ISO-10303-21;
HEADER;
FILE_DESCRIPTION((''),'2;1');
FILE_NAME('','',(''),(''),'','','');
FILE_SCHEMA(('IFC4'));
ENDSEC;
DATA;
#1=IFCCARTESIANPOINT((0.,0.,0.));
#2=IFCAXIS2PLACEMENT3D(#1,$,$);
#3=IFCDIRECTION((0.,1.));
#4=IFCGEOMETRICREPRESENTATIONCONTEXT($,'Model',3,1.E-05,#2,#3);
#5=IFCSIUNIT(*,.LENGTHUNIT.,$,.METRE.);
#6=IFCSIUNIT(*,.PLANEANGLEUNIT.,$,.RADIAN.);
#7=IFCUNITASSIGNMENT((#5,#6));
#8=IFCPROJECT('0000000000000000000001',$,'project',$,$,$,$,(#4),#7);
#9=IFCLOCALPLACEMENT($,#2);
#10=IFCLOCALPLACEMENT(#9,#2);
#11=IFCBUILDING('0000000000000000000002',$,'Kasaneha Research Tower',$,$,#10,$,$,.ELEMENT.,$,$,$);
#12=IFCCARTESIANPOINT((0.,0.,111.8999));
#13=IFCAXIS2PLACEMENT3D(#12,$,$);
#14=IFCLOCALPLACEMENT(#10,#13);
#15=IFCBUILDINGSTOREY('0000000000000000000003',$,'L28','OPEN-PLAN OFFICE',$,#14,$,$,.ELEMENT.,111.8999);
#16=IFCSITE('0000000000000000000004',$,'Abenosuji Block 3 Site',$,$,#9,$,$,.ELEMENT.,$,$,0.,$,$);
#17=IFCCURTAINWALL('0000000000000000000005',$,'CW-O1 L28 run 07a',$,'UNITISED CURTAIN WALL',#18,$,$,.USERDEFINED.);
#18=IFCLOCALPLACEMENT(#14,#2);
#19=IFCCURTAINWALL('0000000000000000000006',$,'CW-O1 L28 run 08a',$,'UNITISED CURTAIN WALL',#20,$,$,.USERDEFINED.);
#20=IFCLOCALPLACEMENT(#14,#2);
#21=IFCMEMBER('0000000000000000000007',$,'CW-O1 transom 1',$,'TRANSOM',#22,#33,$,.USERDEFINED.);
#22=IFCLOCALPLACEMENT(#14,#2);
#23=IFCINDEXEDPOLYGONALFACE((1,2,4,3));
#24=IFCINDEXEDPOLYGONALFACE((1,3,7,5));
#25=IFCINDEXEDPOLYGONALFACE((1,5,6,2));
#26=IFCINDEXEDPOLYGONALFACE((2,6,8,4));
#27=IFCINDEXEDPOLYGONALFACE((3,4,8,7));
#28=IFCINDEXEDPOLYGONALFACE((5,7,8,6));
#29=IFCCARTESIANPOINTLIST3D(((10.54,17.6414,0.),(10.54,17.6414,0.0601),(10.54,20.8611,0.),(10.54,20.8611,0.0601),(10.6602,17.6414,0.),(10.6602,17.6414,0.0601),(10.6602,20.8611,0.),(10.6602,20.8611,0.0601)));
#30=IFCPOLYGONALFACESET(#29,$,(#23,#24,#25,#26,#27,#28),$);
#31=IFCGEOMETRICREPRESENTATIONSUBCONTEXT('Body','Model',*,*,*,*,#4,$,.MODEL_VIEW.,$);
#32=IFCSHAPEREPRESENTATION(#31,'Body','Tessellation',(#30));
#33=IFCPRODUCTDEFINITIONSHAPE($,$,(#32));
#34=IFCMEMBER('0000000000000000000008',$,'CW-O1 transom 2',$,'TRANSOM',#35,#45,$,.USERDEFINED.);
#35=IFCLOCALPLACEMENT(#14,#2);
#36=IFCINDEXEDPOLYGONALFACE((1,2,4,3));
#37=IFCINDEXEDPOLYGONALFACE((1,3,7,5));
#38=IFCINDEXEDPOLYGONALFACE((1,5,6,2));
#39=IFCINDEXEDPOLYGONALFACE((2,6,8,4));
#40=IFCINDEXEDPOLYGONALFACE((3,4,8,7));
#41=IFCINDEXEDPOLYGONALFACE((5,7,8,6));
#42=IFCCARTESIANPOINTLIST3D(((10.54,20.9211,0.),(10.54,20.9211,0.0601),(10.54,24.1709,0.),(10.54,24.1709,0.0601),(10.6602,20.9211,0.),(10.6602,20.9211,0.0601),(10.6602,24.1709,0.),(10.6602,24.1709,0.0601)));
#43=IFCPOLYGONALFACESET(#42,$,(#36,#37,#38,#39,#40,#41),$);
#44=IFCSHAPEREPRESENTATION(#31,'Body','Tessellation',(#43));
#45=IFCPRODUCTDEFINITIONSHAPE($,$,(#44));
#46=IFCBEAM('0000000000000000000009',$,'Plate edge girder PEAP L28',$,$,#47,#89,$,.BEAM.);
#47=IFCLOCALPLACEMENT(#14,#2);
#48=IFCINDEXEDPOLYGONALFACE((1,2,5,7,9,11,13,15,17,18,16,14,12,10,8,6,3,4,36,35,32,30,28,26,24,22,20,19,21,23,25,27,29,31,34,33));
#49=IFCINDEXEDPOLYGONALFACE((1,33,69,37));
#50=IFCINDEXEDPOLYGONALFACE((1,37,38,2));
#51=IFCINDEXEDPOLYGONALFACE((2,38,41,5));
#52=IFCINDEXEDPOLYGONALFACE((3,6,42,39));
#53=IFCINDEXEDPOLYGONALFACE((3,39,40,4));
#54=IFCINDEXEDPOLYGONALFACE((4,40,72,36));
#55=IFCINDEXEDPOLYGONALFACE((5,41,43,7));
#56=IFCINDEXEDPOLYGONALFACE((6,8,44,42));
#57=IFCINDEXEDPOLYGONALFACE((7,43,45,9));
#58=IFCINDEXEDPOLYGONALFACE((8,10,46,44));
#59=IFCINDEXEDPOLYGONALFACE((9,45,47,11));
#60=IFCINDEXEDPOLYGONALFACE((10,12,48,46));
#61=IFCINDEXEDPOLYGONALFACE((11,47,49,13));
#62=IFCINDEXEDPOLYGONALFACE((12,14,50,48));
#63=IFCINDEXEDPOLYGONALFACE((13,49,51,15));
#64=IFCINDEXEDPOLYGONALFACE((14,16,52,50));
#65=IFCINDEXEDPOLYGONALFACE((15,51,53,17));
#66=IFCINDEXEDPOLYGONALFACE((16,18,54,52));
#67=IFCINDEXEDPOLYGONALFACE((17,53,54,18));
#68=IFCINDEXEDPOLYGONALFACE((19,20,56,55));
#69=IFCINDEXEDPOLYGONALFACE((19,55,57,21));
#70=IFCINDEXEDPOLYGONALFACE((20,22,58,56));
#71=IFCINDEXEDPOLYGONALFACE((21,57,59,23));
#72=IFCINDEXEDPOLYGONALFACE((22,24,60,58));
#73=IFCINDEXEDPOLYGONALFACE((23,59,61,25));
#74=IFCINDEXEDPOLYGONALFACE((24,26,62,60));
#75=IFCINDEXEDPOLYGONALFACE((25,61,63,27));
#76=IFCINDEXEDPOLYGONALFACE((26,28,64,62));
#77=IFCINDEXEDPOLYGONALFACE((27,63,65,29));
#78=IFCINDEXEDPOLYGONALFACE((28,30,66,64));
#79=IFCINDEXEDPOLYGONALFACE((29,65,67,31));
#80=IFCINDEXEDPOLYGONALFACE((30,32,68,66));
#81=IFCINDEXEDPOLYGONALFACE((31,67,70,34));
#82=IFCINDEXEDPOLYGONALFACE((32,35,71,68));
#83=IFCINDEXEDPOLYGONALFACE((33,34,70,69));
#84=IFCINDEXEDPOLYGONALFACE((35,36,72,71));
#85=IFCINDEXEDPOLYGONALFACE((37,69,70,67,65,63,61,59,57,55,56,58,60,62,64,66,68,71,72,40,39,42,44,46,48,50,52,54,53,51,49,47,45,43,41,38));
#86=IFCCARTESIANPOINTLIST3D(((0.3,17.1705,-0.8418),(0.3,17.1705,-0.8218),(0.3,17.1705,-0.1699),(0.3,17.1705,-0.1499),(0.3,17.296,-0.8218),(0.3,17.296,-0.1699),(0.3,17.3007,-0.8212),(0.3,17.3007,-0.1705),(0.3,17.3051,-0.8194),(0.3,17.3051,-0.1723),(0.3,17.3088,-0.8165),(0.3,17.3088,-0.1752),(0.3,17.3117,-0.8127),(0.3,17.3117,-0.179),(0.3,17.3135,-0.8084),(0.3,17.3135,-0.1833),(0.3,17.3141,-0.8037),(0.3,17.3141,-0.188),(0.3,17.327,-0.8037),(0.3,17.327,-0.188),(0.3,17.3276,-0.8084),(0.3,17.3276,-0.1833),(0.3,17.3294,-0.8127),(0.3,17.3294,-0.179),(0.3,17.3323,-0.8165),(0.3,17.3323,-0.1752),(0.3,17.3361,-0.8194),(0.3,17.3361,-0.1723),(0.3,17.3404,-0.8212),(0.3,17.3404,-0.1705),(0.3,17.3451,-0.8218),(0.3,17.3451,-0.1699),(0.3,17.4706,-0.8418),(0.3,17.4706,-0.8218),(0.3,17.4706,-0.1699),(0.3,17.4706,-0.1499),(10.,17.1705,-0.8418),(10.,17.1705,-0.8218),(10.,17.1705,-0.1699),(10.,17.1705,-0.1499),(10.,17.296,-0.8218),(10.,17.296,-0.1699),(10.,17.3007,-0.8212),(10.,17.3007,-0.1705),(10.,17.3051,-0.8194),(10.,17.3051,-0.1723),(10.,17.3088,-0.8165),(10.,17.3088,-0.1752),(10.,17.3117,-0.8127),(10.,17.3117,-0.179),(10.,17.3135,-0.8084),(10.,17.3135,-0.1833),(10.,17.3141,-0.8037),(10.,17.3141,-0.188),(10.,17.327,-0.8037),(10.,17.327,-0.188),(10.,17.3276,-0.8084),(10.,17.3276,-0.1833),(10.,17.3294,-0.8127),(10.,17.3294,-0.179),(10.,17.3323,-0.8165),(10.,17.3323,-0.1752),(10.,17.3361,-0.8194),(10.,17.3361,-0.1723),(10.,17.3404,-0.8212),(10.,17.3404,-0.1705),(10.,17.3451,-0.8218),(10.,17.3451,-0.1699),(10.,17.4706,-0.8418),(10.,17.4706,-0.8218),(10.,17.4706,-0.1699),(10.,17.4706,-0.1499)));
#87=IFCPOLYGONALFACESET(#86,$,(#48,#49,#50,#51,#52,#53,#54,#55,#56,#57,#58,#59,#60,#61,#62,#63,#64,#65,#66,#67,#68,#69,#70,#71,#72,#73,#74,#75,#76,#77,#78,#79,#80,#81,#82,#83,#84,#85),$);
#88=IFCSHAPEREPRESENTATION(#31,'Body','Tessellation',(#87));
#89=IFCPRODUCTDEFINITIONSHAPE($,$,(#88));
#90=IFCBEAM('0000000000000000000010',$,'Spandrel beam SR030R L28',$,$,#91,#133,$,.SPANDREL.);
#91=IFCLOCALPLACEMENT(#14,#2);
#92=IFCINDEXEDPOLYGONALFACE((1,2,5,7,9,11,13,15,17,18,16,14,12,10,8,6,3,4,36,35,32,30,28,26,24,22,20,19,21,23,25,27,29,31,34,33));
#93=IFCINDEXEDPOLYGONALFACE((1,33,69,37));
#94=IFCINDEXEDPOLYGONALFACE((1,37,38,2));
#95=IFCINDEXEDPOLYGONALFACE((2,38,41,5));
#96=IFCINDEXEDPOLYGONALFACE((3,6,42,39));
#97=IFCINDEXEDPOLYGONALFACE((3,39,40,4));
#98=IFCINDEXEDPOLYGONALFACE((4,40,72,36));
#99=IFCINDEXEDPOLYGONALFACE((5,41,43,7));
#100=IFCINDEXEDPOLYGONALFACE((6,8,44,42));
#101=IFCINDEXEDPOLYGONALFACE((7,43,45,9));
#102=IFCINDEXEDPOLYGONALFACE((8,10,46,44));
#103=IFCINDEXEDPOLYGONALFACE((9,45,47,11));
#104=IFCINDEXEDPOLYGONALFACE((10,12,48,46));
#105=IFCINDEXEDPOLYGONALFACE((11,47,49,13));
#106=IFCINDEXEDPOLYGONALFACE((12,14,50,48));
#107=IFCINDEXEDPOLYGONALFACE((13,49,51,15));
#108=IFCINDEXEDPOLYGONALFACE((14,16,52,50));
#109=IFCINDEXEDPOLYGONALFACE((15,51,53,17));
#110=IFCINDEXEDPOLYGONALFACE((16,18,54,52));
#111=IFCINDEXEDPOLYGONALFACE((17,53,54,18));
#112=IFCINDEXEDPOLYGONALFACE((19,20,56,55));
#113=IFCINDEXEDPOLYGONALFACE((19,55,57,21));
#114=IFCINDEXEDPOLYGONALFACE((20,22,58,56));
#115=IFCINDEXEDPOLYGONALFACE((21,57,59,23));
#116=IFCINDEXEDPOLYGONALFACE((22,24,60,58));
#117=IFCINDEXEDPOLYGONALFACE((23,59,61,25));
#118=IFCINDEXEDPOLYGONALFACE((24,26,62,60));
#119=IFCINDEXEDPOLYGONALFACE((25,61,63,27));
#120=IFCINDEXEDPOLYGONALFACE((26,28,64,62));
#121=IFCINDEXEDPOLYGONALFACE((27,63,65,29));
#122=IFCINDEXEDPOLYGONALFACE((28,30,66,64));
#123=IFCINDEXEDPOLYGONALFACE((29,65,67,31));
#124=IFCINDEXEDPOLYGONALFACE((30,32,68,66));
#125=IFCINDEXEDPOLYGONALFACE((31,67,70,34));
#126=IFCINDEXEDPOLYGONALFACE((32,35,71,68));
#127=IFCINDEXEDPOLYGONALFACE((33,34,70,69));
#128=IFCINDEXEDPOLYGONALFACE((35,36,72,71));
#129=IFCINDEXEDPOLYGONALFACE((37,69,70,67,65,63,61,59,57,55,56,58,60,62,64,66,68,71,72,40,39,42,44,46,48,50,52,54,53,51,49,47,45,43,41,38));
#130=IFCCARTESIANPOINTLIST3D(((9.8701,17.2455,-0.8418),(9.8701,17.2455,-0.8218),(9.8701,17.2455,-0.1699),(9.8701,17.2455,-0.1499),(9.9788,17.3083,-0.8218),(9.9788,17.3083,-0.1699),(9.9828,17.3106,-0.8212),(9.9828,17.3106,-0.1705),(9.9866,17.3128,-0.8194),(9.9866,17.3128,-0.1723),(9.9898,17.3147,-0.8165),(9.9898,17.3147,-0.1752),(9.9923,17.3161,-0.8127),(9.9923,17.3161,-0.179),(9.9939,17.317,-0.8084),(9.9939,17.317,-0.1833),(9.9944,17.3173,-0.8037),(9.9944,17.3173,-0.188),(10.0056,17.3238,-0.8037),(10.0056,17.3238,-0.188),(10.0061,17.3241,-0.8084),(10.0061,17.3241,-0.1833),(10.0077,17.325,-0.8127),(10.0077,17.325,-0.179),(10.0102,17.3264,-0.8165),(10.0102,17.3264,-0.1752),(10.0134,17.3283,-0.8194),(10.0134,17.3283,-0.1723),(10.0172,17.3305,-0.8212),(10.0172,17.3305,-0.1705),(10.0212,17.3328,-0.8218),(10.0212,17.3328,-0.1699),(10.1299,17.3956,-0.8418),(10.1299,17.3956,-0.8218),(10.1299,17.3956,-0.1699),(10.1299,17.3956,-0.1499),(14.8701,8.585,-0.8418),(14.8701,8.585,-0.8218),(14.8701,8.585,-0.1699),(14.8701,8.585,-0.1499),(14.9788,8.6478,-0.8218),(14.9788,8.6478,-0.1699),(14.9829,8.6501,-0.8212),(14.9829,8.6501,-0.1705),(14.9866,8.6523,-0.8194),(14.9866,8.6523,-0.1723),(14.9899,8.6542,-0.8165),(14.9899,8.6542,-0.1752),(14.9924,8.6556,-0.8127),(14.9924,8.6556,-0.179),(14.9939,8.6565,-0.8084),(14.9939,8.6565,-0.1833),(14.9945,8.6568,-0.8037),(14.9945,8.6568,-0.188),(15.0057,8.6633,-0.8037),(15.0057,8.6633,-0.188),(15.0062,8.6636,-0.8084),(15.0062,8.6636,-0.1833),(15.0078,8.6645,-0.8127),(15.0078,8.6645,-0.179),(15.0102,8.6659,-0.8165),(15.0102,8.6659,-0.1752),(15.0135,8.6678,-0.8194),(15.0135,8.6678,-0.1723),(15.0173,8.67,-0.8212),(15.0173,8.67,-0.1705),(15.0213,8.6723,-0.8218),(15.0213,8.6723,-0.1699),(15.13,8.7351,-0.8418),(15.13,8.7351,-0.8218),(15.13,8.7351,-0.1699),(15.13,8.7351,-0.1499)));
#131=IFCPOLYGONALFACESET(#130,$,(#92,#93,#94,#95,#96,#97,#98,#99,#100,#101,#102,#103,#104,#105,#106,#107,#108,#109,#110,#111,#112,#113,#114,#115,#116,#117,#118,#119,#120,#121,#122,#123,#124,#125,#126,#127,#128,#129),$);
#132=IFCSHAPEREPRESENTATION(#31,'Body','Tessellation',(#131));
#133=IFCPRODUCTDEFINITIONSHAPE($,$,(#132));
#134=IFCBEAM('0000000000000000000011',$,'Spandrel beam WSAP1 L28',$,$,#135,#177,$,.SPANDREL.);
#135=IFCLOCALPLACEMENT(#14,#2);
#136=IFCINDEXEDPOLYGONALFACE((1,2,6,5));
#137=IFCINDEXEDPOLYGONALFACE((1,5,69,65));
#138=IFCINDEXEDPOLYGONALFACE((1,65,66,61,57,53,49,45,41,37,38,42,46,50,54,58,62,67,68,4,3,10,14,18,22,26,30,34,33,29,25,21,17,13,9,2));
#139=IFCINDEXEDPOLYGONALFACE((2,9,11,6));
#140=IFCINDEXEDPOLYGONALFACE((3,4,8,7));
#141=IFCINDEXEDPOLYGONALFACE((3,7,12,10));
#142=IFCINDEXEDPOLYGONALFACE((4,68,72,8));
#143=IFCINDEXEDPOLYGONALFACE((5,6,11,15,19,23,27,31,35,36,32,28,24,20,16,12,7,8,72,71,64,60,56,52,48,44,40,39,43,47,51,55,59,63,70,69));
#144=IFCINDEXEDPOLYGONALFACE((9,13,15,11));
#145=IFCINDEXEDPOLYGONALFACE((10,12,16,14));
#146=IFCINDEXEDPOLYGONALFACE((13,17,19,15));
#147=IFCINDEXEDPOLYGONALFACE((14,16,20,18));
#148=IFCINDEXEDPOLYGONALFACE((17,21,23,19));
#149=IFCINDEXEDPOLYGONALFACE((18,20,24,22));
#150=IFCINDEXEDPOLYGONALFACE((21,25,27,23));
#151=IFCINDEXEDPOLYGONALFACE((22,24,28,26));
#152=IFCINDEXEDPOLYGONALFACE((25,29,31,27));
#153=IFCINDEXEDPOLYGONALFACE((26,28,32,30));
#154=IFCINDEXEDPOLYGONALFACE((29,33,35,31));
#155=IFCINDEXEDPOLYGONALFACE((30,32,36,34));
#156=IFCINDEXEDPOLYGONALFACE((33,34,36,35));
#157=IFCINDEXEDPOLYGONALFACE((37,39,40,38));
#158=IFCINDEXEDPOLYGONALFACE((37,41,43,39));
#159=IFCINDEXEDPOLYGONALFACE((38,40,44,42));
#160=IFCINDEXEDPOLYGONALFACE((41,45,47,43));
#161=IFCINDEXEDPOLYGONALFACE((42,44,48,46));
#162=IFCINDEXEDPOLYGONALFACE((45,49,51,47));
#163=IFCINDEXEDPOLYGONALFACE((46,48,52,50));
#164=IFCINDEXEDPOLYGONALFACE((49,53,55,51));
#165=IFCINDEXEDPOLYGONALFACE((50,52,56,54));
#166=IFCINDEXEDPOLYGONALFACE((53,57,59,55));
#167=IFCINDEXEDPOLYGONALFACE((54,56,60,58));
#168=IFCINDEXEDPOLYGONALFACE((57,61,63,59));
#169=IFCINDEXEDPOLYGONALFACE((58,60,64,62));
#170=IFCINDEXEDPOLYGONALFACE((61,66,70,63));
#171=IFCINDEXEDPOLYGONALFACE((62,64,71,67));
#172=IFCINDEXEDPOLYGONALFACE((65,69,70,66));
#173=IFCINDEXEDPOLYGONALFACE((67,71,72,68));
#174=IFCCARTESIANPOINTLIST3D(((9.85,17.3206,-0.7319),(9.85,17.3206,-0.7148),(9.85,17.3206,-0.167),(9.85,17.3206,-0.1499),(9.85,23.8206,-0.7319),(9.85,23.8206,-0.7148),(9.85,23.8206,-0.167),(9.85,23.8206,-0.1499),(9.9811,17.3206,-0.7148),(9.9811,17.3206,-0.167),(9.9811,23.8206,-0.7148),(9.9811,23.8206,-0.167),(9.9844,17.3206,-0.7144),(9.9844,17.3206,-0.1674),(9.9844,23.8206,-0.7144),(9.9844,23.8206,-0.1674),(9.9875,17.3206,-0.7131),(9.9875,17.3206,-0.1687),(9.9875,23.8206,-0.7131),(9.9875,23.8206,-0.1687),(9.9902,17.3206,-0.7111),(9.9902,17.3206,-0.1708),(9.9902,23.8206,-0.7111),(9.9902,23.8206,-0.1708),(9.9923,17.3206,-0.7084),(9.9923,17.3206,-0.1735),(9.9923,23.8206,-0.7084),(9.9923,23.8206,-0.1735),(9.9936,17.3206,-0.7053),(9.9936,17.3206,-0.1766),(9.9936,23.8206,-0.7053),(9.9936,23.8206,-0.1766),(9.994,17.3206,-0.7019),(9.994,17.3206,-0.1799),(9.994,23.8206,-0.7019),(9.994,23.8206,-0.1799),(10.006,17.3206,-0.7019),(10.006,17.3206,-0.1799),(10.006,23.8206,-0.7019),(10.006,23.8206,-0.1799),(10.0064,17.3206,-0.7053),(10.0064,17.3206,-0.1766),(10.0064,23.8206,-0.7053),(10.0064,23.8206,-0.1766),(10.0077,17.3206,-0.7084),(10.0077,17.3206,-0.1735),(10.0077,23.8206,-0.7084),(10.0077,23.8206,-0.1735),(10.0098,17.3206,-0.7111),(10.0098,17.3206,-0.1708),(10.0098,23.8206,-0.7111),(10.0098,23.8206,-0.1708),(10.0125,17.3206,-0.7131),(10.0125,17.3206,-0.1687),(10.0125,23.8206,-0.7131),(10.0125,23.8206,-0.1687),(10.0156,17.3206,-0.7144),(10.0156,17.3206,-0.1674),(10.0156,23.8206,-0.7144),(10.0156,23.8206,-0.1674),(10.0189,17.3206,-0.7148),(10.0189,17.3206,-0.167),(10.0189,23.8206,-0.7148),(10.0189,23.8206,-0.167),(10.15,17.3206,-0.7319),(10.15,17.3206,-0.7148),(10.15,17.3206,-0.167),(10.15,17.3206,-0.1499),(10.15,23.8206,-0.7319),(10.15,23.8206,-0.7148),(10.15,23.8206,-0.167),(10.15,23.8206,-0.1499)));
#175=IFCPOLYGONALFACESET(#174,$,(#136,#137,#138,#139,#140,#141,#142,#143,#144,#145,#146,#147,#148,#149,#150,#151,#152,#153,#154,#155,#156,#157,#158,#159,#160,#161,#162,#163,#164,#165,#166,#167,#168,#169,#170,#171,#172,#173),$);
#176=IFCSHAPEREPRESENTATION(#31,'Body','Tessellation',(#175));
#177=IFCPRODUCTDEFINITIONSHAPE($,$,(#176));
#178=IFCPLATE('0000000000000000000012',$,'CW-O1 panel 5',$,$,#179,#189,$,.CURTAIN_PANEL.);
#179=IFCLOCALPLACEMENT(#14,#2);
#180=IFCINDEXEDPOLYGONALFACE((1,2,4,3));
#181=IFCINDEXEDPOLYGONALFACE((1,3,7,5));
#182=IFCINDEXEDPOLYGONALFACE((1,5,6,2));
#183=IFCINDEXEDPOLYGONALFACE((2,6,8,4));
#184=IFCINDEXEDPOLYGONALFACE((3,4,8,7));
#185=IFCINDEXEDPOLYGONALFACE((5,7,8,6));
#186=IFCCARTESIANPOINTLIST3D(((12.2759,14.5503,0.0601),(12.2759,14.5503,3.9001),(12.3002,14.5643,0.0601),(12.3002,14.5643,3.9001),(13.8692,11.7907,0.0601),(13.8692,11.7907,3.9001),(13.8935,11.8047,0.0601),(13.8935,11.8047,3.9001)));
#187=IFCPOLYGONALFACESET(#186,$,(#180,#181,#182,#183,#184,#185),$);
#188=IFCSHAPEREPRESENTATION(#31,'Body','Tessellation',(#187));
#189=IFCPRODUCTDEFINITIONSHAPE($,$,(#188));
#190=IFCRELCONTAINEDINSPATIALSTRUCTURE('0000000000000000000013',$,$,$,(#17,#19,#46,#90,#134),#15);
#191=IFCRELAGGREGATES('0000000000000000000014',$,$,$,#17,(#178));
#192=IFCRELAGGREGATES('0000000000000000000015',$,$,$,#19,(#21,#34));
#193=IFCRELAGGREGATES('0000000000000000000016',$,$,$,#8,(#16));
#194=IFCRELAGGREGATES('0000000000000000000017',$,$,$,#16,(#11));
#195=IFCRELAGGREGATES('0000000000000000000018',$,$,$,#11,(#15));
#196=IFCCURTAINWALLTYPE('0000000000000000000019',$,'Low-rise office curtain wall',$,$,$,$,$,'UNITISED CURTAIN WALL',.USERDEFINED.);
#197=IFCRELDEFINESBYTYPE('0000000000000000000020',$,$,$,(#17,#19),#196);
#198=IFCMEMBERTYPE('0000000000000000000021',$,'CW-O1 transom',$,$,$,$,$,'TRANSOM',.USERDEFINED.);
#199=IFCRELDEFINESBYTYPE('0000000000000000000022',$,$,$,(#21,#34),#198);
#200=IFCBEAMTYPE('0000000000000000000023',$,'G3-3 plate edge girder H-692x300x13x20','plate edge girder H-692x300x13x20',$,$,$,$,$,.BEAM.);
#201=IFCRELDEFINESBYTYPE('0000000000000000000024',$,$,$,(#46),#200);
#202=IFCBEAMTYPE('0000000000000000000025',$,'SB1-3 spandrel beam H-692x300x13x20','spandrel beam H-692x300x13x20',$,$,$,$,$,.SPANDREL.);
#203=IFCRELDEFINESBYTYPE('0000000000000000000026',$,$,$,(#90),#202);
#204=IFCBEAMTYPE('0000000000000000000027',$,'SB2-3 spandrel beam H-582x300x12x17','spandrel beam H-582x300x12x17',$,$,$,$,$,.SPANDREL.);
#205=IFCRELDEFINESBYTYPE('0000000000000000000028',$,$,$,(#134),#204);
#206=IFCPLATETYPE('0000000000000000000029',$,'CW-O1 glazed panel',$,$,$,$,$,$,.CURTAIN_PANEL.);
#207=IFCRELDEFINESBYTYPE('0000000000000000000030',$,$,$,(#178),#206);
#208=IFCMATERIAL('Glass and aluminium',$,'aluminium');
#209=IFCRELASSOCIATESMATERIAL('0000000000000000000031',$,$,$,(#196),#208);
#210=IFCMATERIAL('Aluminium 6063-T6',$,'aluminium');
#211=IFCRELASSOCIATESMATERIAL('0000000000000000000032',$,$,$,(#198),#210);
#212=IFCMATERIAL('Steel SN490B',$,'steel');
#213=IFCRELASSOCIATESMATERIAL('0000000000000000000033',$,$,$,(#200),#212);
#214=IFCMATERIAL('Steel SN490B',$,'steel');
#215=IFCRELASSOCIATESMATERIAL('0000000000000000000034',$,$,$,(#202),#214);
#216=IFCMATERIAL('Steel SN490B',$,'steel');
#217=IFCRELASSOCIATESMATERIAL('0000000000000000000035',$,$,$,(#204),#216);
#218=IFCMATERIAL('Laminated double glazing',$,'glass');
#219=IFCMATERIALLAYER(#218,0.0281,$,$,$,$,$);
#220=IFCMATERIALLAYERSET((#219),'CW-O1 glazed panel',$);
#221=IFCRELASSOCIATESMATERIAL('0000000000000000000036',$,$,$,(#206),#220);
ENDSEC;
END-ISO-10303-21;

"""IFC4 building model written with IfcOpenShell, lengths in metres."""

from ifc_helpers import new_model, si_unit, direction, frame, origin, origin_2d, place, context, subcontext, project, spatial, rectangle, i_section, extrude, material, layer, layer_set, material_profile, profile_set, type_object, element, aggregate, save


model = new_model("IFC4")

# Units and contexts
model_context = context("Model", 3, precision=1e-05, world=origin(), true_north=direction((0.0, 1.0)))
body_context = subcontext(model_context, "Body", "Model", "MODEL_VIEW")
ifc_project = project(units=[si_unit("LENGTHUNIT", "METRE"), si_unit("PLANEANGLEUNIT", "RADIAN")], contexts=[model_context])

# Site, building, storey
site_placement = place(None, origin())
site = spatial("IfcSite", under=ifc_project, at=site_placement, Name="Abenosuji Block 3 Site", CompositionType="ELEMENT", RefElevation=0.0)
building_placement = place(site_placement, origin())
building = spatial("IfcBuilding", under=site, at=building_placement, Name="Kasaneha Research Tower", CompositionType="ELEMENT")
storey_placement = place(building_placement, frame((0.0, 0.0, 111.8999)))
storey = spatial("IfcBuildingStorey", under=building, at=storey_placement, Name="L28", Description="OPEN-PLAN OFFICE", CompositionType="ELEMENT", Elevation=111.8999)

# Curtain walls
ifc_material_1 = material(Name="Glass and aluminium", Category="aluminium")
curtain_wall_type = type_object("IfcCurtainWallType", Name="Low-rise office curtain wall", ElementType="UNITISED CURTAIN WALL", PredefinedType="USERDEFINED", material=ifc_material_1)
curtain_wall_1_placement = place(storey_placement, origin())
curtain_wall_1 = element("IfcCurtainWall", 1, at=curtain_wall_1_placement, inside=storey, type_object=curtain_wall_type, Name="CW-O1 L28 run 07a", ObjectType="UNITISED CURTAIN WALL", PredefinedType="USERDEFINED")
curtain_wall_2_placement = place(storey_placement, origin())
curtain_wall_2 = element("IfcCurtainWall", 2, at=curtain_wall_2_placement, inside=storey, type_object=curtain_wall_type, Name="CW-O1 L28 run 08a", ObjectType="UNITISED CURTAIN WALL", PredefinedType="USERDEFINED")

# Members
ifc_material_2 = material(Name="Aluminium 6063-T6", Category="aluminium")
ifc_material_profile_1 = material_profile(ifc_material_2, rectangle(XDim=0.1201, YDim=0.0601, at=origin_2d()), Name="CW-O1 transom 120x60")
ifc_profile_set_1 = profile_set([ifc_material_profile_1], Name="Aluminium 6063-T6")
member_type_1 = type_object("IfcMemberType", Name="CW-O1 transom", ElementType="TRANSOM", PredefinedType="USERDEFINED", material=ifc_profile_set_1)
member_1_placement = place(storey_placement, frame((10.6001, 17.6414, 0.03), z_axis=(0.0, 1.0, 0.0), x_axis=(-1.0, 0.0, 0.0)))
member_1 = element("IfcMember", 3, at=member_1_placement, type_object=member_type_1, Name="CW-O1 transom 1", ObjectType="TRANSOM", PredefinedType="USERDEFINED", context=body_context, shape_type="SweptSolid", body=[
    extrude(rectangle(XDim=0.1201, YDim=0.0601, at=origin_2d()), origin(), (0.0, 0.0, 1.0), 3.2197),
])
member_2_placement = place(storey_placement, frame((10.6001, 20.9211, 0.03), z_axis=(0.0, 1.0, 0.0), x_axis=(-1.0, 0.0, 0.0)))
member_2 = element("IfcMember", 4, at=member_2_placement, type_object=member_type_1, Name="CW-O1 transom 2", ObjectType="TRANSOM", PredefinedType="USERDEFINED", context=body_context, shape_type="SweptSolid", body=[
    extrude(rectangle(XDim=0.1201, YDim=0.0601, at=origin_2d()), origin(), (0.0, 0.0, 1.0), 3.2498),
])

# Beams
ifc_material_3 = material(Name="Steel SN490B", Category="steel")
ifc_material_profile_2 = material_profile(ifc_material_3, i_section(OverallWidth=0.3, OverallDepth=0.6919, WebThickness=0.0129, FlangeThickness=0.02, FilletRadius=0.0181, at=origin_2d()), Name="H-692x300x13x20")
ifc_profile_set_2 = profile_set([ifc_material_profile_2], Name="Steel SN490B")
beam_type_1 = type_object("IfcBeamType", Name="G3-3 plate edge girder H-692x300x13x20", Description="plate edge girder H-692x300x13x20", PredefinedType="BEAM", material=ifc_profile_set_2)
beam_1_placement = place(storey_placement, frame((10.0, 17.3206, -0.4958), z_axis=(-1.0, 0.0, 0.0), x_axis=(0.0, -1.0, 0.0)))
element("IfcBeam", 5, at=beam_1_placement, inside=storey, type_object=beam_type_1, Name="Plate edge girder PEAP L28", PredefinedType="BEAM", context=body_context, shape_type="SweptSolid", body=[
    extrude(i_section(OverallWidth=0.3, OverallDepth=0.6919, WebThickness=0.0129, FlangeThickness=0.02, FilletRadius=0.0181, at=origin_2d()), origin(), (0.0, 0.0, 1.0), 9.7),
])
ifc_material_4 = material(Name="Steel SN490B", Category="steel")
ifc_material_profile_3 = material_profile(ifc_material_4, i_section(OverallWidth=0.3, OverallDepth=0.6919, WebThickness=0.0129, FlangeThickness=0.02, FilletRadius=0.0181, at=origin_2d()), Name="H-692x300x13x20")
ifc_profile_set_3 = profile_set([ifc_material_profile_3], Name="Steel SN490B")
beam_type_2 = type_object("IfcBeamType", Name="SB1-3 spandrel beam H-692x300x13x20", Description="spandrel beam H-692x300x13x20", PredefinedType="SPANDREL", material=ifc_profile_set_3)
beam_2_placement = place(storey_placement, frame((10.0, 17.3206, -0.4958), z_axis=(0.499994, -0.866029, 0.0), x_axis=(0.866029, 0.499994, 0.0)))
element("IfcBeam", 6, at=beam_2_placement, inside=storey, type_object=beam_type_2, Name="Spandrel beam SR030R L28", PredefinedType="SPANDREL", context=body_context, shape_type="SweptSolid", body=[
    extrude(i_section(OverallWidth=0.3, OverallDepth=0.6919, WebThickness=0.0129, FlangeThickness=0.02, FilletRadius=0.0181, at=origin_2d()), origin(), (0.0, 0.0, 1.0), 10.0002),
])
ifc_material_5 = material(Name="Steel SN490B", Category="steel")
ifc_material_profile_4 = material_profile(ifc_material_5, i_section(OverallWidth=0.3, OverallDepth=0.582, WebThickness=0.012, FlangeThickness=0.0171, FilletRadius=0.0129, at=origin_2d()), Name="H-582x300x12x17")
ifc_profile_set_4 = profile_set([ifc_material_profile_4], Name="Steel SN490B")
beam_type_3 = type_object("IfcBeamType", Name="SB2-3 spandrel beam H-582x300x12x17", Description="spandrel beam H-582x300x12x17", PredefinedType="SPANDREL", material=ifc_profile_set_4)
beam_3_placement = place(storey_placement, frame((10.0, 17.3206, -0.4409), z_axis=(0.0, 1.0, 0.0), x_axis=(-1.0, 0.0, 0.0)))
element("IfcBeam", 7, at=beam_3_placement, inside=storey, type_object=beam_type_3, Name="Spandrel beam WSAP1 L28", PredefinedType="SPANDREL", context=body_context, shape_type="SweptSolid", body=[
    extrude(i_section(OverallWidth=0.3, OverallDepth=0.582, WebThickness=0.012, FlangeThickness=0.0171, FilletRadius=0.0129, at=origin_2d()), origin(), (0.0, 0.0, 1.0), 6.5),
])

# Plate
ifc_material_6 = material(Name="Laminated double glazing", Category="glass")
ifc_layer_1 = layer(ifc_material_6, 0.0281)
ifc_layer_set_1 = layer_set([ifc_layer_1], Name="CW-O1 glazed panel")
plate_type = type_object("IfcPlateType", Name="CW-O1 glazed panel", PredefinedType="CURTAIN_PANEL", material=ifc_layer_set_1)
plate_1_placement = place(storey_placement, frame((13.0847, 13.1775, 0.0601), z_axis=(0.0, 0.0, 1.0), x_axis=(-0.5, 0.866025, 0.0)))
plate_1 = element("IfcPlate", 8, at=plate_1_placement, type_object=plate_type, Name="CW-O1 panel 5", PredefinedType="CURTAIN_PANEL", context=body_context, shape_type="SweptSolid", body=[
    extrude(rectangle(XDim=3.1865, YDim=0.0281, at=origin_2d()), origin(), (0.0, 0.0, 1.0), 3.8401),
])
aggregate(curtain_wall_1, [plate_1])
aggregate(curtain_wall_2, [member_1, member_2])

save(model, "model.ifc")
